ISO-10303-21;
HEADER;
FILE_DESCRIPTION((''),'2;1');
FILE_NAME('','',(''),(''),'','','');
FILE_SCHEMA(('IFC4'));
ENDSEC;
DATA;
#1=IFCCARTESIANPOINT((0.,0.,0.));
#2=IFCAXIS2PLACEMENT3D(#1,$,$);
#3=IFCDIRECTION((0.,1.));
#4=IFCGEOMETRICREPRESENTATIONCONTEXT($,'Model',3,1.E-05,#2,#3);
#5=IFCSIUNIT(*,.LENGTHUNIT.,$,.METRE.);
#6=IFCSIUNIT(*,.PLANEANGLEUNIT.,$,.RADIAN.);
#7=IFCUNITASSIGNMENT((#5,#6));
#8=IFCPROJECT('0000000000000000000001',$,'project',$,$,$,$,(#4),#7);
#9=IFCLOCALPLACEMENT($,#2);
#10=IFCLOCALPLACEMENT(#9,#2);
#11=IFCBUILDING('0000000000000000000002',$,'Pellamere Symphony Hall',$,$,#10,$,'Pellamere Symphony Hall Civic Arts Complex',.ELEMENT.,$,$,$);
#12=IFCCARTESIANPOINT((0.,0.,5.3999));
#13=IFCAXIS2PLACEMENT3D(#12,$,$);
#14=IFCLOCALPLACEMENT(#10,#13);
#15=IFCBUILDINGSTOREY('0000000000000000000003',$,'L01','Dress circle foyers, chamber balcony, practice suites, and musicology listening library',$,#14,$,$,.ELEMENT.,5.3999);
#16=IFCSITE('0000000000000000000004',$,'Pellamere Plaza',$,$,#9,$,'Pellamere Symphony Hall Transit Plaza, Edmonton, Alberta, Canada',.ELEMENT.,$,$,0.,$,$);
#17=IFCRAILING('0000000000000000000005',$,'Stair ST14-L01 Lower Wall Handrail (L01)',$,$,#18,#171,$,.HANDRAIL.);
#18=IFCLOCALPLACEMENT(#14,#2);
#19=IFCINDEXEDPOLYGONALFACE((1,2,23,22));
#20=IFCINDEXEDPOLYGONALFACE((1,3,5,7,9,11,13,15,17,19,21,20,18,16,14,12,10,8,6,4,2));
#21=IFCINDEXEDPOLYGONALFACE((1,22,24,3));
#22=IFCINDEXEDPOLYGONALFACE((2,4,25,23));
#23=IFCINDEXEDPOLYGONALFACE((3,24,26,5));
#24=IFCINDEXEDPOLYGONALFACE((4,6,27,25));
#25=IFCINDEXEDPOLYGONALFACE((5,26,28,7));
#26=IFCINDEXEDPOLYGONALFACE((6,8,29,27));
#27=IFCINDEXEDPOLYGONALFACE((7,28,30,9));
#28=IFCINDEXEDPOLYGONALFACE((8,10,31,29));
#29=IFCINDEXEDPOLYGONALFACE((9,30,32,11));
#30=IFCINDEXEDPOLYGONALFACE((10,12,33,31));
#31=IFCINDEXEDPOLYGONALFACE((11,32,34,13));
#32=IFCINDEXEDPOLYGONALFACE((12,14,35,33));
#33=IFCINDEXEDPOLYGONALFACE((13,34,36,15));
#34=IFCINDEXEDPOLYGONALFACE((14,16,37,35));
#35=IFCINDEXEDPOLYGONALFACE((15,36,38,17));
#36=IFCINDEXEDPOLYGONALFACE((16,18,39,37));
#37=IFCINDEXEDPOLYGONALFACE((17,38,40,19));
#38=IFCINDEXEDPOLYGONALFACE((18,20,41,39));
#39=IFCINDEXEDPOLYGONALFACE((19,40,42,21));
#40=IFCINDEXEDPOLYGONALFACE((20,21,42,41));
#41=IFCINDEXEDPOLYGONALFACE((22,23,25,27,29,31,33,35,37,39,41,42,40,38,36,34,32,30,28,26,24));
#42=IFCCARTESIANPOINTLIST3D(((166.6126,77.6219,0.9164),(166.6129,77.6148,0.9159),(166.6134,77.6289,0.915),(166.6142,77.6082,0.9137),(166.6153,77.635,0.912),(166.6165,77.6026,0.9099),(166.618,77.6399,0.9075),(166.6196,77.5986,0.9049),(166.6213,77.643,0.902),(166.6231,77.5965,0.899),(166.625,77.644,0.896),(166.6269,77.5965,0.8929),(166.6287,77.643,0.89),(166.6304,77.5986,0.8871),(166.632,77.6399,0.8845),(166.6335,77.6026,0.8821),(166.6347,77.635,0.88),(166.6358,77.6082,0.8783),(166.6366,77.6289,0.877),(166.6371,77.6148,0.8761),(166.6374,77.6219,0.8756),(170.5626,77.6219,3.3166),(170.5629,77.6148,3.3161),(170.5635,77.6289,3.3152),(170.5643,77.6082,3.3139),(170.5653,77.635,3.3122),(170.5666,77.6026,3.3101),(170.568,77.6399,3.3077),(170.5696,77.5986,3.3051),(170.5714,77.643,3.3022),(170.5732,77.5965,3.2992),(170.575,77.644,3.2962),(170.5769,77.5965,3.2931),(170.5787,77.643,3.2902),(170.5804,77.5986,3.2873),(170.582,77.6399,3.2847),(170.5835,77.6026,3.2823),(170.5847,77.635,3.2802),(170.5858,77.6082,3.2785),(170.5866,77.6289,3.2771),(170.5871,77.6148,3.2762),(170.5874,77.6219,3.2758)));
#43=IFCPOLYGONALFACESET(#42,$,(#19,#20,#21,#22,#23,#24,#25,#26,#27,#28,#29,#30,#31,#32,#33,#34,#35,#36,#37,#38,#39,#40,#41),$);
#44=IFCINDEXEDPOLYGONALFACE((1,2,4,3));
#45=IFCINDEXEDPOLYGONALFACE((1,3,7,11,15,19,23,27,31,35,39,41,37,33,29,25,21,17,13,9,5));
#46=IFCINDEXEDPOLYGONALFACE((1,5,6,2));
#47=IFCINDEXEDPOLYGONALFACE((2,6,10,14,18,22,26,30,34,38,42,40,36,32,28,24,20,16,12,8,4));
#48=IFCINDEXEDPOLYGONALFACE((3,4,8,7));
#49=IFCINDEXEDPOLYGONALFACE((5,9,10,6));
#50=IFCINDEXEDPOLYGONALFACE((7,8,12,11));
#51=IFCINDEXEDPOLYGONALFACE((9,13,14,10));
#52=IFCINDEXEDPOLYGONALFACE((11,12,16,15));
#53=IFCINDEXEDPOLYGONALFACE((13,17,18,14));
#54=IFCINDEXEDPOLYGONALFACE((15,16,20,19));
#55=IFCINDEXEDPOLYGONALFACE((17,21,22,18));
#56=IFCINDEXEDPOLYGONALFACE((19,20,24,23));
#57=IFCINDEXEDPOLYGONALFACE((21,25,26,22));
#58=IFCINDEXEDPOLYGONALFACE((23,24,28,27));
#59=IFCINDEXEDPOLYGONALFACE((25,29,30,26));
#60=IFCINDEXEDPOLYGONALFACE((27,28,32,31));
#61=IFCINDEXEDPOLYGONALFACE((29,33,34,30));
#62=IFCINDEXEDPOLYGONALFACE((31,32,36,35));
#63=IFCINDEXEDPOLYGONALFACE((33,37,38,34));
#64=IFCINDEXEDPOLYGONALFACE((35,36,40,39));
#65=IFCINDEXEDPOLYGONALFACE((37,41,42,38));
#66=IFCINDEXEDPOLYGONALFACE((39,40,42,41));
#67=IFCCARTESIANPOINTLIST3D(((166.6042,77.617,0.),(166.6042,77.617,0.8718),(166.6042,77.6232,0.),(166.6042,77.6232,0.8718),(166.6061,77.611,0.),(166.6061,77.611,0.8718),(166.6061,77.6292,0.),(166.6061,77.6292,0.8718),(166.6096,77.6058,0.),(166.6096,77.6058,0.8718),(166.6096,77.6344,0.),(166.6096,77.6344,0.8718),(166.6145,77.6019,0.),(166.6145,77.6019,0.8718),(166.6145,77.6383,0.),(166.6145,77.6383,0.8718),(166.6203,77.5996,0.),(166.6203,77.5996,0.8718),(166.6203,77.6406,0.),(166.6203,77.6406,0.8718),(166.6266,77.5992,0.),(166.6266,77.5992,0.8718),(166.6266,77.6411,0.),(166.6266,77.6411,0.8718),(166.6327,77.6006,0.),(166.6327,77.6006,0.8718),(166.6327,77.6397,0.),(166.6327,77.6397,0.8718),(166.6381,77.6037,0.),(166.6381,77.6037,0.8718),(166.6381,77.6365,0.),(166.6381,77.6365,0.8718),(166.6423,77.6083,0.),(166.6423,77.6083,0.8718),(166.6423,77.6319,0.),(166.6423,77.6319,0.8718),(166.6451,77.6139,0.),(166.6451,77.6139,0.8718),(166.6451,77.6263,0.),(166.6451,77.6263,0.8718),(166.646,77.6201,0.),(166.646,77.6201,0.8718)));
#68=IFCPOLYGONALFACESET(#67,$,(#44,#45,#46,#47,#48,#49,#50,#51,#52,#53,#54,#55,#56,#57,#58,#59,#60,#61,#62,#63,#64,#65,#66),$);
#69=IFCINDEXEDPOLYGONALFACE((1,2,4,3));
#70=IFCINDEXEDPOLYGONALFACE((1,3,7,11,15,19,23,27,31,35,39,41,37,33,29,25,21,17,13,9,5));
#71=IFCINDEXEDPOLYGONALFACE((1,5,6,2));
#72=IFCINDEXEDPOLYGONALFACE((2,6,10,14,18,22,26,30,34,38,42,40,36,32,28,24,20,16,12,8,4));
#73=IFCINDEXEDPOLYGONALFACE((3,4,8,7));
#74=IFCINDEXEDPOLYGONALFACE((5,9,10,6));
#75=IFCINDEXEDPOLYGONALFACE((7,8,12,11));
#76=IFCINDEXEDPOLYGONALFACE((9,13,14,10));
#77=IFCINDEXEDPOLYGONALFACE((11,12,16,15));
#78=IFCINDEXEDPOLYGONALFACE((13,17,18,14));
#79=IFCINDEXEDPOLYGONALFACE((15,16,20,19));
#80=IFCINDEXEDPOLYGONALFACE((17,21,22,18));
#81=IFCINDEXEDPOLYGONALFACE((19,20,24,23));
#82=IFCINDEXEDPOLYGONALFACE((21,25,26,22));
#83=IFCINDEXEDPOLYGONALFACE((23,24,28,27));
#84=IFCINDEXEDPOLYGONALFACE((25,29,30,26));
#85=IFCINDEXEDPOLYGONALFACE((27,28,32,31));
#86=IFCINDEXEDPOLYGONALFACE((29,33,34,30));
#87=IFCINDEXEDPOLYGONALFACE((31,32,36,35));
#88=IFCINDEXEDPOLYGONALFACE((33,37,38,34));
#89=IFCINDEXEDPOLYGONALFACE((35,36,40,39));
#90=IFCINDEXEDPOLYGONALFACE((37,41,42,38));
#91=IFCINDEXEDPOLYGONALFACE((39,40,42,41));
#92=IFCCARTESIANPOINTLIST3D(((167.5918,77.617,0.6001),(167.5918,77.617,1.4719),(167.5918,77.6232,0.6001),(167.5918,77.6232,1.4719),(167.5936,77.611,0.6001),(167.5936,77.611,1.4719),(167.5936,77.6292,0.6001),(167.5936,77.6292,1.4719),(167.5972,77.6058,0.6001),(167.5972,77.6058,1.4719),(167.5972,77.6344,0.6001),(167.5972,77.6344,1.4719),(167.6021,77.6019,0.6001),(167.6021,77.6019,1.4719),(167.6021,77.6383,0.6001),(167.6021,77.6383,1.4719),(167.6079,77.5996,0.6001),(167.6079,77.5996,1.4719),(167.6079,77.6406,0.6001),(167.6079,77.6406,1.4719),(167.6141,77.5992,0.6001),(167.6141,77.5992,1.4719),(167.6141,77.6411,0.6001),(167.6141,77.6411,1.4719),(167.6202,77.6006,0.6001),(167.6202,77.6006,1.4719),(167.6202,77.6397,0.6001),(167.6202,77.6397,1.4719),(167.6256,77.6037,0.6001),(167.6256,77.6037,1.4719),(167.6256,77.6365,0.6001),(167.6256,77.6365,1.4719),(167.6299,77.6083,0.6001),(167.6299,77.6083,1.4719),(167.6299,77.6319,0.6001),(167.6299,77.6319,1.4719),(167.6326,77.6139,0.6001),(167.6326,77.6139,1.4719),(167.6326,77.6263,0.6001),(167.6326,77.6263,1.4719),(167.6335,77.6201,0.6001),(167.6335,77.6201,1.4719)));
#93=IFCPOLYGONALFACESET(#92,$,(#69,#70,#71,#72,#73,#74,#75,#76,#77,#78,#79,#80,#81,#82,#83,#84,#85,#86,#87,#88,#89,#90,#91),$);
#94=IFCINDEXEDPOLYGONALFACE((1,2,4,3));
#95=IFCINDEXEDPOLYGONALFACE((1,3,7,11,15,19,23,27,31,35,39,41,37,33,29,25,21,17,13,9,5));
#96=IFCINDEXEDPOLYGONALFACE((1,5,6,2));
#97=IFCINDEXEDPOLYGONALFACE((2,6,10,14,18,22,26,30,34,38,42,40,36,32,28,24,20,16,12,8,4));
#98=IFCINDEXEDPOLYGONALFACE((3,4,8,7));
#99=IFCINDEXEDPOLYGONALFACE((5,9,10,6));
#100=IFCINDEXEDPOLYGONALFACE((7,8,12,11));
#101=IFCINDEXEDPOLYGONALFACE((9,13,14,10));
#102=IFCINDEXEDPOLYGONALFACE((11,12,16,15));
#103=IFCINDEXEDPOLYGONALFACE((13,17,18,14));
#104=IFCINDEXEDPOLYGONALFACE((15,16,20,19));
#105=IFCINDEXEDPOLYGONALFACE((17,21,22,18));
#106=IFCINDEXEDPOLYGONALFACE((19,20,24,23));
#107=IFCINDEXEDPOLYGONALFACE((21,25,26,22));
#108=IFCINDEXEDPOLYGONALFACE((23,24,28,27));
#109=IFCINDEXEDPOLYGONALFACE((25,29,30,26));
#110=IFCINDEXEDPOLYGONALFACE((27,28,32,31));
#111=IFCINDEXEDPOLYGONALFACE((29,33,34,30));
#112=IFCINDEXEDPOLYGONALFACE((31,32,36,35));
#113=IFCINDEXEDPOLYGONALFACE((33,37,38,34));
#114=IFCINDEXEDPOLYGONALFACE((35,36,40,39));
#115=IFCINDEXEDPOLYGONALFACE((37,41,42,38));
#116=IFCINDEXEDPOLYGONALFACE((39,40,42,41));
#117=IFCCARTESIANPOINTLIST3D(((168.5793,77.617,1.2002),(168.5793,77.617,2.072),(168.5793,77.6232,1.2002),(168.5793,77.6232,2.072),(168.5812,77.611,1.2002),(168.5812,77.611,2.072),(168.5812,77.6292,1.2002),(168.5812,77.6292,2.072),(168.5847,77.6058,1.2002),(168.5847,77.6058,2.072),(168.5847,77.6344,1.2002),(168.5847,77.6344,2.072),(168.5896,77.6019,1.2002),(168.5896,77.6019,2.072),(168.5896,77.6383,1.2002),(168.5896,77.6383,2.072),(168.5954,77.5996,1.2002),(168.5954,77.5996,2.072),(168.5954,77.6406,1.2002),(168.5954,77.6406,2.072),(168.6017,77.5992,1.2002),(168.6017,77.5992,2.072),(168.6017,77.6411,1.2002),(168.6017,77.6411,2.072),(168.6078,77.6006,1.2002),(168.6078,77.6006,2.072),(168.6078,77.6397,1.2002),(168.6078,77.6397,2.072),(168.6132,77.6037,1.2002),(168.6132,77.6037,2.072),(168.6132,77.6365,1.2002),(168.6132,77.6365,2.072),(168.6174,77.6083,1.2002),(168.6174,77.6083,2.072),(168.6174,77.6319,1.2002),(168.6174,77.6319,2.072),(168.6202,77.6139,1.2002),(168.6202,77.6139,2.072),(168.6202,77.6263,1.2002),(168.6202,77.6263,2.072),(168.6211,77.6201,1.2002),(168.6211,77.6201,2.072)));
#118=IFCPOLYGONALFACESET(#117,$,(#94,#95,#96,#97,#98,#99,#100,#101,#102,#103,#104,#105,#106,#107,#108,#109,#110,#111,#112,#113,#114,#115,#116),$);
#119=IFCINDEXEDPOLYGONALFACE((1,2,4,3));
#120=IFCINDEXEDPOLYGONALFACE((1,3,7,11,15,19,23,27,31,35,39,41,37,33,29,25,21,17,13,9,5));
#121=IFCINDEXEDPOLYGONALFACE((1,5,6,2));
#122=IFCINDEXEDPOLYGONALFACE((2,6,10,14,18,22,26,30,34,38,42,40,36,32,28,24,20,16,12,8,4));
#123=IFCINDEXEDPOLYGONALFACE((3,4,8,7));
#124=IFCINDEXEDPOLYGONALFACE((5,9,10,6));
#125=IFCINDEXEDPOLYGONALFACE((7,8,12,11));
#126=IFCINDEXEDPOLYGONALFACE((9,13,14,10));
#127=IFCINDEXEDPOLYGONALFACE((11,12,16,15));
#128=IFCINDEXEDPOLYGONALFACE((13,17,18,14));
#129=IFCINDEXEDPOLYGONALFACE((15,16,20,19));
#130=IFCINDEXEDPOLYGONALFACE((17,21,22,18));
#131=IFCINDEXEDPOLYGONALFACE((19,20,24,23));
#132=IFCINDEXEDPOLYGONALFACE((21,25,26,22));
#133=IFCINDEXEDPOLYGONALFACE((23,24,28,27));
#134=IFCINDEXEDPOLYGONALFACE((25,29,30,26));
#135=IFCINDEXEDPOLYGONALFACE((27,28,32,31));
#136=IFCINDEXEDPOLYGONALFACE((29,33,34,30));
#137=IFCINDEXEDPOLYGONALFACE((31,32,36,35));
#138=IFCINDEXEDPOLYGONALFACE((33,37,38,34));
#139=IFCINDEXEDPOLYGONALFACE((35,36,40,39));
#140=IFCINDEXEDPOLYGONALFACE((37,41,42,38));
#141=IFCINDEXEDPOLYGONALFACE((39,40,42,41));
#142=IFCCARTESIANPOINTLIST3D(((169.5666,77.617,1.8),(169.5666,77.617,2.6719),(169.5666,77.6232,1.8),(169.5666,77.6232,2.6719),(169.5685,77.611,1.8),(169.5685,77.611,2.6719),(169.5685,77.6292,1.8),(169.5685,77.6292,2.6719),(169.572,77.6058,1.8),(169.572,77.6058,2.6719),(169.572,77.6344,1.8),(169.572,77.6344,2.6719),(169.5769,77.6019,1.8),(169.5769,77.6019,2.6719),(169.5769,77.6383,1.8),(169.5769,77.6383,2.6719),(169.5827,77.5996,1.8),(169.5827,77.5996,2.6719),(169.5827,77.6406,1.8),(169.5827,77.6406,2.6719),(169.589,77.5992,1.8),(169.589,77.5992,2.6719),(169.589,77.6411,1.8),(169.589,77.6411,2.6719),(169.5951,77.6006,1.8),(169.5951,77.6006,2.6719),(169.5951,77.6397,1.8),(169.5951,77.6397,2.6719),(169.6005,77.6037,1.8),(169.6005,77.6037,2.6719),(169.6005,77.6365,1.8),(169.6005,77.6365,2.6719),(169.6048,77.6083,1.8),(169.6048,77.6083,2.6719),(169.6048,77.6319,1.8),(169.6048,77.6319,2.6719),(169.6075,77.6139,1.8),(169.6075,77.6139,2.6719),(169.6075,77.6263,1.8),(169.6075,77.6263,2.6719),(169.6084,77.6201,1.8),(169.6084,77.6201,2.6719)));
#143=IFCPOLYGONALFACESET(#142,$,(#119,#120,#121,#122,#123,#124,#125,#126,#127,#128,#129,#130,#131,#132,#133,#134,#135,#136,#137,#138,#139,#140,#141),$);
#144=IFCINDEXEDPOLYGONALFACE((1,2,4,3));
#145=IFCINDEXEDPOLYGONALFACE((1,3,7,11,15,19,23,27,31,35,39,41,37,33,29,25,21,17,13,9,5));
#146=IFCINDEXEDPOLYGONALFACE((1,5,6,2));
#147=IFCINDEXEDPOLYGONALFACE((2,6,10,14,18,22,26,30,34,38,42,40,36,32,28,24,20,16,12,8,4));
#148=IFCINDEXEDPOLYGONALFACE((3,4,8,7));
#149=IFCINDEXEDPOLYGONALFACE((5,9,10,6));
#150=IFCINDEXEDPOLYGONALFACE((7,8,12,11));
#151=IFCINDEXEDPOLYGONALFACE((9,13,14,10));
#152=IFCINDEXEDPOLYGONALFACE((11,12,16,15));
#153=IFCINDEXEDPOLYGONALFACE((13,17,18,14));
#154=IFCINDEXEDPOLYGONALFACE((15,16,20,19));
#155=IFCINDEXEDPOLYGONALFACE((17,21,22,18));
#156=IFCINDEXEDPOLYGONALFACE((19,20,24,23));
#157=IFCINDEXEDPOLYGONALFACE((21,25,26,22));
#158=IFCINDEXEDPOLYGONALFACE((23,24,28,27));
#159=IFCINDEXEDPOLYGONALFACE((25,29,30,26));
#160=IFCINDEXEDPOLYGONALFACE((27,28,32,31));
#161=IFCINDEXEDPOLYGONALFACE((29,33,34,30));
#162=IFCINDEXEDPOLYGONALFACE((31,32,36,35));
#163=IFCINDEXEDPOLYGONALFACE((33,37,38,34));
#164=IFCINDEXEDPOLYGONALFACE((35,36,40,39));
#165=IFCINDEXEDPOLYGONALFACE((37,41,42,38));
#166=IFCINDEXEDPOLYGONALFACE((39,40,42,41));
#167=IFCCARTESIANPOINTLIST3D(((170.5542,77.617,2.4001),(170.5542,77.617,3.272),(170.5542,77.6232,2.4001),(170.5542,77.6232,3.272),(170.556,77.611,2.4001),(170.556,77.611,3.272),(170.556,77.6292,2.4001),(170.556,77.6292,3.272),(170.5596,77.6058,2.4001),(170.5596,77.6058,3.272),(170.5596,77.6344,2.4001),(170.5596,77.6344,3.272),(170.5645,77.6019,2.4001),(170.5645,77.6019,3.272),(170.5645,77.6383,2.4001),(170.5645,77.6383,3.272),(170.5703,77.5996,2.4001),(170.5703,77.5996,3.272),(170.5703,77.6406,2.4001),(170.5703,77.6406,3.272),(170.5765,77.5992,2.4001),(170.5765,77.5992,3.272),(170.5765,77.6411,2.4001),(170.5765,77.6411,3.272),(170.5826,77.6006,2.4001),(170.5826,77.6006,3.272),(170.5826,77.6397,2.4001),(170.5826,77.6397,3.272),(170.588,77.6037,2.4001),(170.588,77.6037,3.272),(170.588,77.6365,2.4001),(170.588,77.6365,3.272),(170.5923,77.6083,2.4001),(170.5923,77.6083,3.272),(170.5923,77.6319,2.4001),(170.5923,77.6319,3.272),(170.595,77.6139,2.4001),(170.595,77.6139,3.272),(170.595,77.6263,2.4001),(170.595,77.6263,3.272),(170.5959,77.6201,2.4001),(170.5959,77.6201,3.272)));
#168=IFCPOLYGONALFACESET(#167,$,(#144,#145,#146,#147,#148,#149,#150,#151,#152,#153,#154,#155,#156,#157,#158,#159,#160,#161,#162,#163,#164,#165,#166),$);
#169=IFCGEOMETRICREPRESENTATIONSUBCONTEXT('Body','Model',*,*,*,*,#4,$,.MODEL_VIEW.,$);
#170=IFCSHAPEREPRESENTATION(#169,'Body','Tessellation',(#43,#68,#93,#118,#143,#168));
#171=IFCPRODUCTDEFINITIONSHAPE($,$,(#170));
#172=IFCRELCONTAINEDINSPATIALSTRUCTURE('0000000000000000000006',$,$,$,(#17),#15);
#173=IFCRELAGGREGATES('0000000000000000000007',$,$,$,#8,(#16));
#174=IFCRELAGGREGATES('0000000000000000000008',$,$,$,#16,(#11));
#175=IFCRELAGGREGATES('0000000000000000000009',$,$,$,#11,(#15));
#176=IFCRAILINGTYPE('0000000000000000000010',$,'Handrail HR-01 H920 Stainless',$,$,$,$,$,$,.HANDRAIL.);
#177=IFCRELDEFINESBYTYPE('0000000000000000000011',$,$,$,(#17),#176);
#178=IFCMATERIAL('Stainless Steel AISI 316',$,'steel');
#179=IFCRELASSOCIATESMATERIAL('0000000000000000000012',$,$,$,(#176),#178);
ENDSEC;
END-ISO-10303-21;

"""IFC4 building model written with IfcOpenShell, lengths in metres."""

from ifc_helpers import new_model, si_unit, direction, frame, origin, origin_2d, place, context, subcontext, project, spatial, circle, extrude, material, type_object, element, save


model = new_model("IFC4")

# Units and contexts
model_context = context("Model", 3, precision=1e-05, world=origin(), true_north=direction((0.0, 1.0)))
body_context = subcontext(model_context, "Body", "Model", "MODEL_VIEW")
ifc_project = project(units=[si_unit("LENGTHUNIT", "METRE"), si_unit("PLANEANGLEUNIT", "RADIAN")], contexts=[model_context])

# Site, building, storey
site_placement = place(None, origin())
site = spatial("IfcSite", under=ifc_project, at=site_placement, Name="Pellamere Plaza", LongName="Pellamere Symphony Hall Transit Plaza, Edmonton, Alberta, Canada", CompositionType="ELEMENT", RefElevation=0.0)
building_placement = place(site_placement, origin())
building = spatial("IfcBuilding", under=site, at=building_placement, Name="Pellamere Symphony Hall", LongName="Pellamere Symphony Hall Civic Arts Complex", CompositionType="ELEMENT")
storey_placement = place(building_placement, frame((0.0, 0.0, 5.3999)))
storey = spatial("IfcBuildingStorey", under=building, at=storey_placement, Name="L01", Description="Dress circle foyers, chamber balcony, practice suites, and musicology listening library", CompositionType="ELEMENT", Elevation=5.3999)

# Railing
ifc_material_1 = material(Name="Stainless Steel AISI 316", Category="steel")
railing_type_1 = type_object("IfcRailingType", Name="Handrail HR-01 H920 Stainless", PredefinedType="HANDRAIL", material=ifc_material_1)
railing_1_placement = place(storey_placement, frame((166.625, 77.6201, 0.0)))
element("IfcRailing", 1, at=railing_1_placement, inside=storey, type_object=railing_type_1, Name="Stair ST14-L01 Lower Wall Handrail (L01)", PredefinedType="HANDRAIL", context=body_context, shape_type="SweptSolid", body=[
    extrude(circle(Radius=0.0239, at=origin_2d()), frame((0.0, 0.0, 0.896), z_axis=(0.854599, 0.0, 0.519288), x_axis=(0.0, 1.0, 0.0)), (0.0, 0.0, 1.0), 4.6221),
    extrude(circle(Radius=0.021, at=origin_2d()), origin(), (0.0, 0.0, 1.0), 0.8718),
    extrude(circle(Radius=0.021, at=origin_2d()), frame((0.9875, 0.0, 0.6001)), (0.0, 0.0, 1.0), 0.8718),
    extrude(circle(Radius=0.021, at=origin_2d()), frame((1.9751, 0.0, 1.2002)), (0.0, 0.0, 1.0), 0.8718),
    extrude(circle(Radius=0.021, at=origin_2d()), frame((2.9624, 0.0, 1.8)), (0.0, 0.0, 1.0), 0.8718),
    extrude(circle(Radius=0.021, at=origin_2d()), frame((3.95, 0.0, 2.4001)), (0.0, 0.0, 1.0), 0.8718),
])

save(model, "model.ifc")
